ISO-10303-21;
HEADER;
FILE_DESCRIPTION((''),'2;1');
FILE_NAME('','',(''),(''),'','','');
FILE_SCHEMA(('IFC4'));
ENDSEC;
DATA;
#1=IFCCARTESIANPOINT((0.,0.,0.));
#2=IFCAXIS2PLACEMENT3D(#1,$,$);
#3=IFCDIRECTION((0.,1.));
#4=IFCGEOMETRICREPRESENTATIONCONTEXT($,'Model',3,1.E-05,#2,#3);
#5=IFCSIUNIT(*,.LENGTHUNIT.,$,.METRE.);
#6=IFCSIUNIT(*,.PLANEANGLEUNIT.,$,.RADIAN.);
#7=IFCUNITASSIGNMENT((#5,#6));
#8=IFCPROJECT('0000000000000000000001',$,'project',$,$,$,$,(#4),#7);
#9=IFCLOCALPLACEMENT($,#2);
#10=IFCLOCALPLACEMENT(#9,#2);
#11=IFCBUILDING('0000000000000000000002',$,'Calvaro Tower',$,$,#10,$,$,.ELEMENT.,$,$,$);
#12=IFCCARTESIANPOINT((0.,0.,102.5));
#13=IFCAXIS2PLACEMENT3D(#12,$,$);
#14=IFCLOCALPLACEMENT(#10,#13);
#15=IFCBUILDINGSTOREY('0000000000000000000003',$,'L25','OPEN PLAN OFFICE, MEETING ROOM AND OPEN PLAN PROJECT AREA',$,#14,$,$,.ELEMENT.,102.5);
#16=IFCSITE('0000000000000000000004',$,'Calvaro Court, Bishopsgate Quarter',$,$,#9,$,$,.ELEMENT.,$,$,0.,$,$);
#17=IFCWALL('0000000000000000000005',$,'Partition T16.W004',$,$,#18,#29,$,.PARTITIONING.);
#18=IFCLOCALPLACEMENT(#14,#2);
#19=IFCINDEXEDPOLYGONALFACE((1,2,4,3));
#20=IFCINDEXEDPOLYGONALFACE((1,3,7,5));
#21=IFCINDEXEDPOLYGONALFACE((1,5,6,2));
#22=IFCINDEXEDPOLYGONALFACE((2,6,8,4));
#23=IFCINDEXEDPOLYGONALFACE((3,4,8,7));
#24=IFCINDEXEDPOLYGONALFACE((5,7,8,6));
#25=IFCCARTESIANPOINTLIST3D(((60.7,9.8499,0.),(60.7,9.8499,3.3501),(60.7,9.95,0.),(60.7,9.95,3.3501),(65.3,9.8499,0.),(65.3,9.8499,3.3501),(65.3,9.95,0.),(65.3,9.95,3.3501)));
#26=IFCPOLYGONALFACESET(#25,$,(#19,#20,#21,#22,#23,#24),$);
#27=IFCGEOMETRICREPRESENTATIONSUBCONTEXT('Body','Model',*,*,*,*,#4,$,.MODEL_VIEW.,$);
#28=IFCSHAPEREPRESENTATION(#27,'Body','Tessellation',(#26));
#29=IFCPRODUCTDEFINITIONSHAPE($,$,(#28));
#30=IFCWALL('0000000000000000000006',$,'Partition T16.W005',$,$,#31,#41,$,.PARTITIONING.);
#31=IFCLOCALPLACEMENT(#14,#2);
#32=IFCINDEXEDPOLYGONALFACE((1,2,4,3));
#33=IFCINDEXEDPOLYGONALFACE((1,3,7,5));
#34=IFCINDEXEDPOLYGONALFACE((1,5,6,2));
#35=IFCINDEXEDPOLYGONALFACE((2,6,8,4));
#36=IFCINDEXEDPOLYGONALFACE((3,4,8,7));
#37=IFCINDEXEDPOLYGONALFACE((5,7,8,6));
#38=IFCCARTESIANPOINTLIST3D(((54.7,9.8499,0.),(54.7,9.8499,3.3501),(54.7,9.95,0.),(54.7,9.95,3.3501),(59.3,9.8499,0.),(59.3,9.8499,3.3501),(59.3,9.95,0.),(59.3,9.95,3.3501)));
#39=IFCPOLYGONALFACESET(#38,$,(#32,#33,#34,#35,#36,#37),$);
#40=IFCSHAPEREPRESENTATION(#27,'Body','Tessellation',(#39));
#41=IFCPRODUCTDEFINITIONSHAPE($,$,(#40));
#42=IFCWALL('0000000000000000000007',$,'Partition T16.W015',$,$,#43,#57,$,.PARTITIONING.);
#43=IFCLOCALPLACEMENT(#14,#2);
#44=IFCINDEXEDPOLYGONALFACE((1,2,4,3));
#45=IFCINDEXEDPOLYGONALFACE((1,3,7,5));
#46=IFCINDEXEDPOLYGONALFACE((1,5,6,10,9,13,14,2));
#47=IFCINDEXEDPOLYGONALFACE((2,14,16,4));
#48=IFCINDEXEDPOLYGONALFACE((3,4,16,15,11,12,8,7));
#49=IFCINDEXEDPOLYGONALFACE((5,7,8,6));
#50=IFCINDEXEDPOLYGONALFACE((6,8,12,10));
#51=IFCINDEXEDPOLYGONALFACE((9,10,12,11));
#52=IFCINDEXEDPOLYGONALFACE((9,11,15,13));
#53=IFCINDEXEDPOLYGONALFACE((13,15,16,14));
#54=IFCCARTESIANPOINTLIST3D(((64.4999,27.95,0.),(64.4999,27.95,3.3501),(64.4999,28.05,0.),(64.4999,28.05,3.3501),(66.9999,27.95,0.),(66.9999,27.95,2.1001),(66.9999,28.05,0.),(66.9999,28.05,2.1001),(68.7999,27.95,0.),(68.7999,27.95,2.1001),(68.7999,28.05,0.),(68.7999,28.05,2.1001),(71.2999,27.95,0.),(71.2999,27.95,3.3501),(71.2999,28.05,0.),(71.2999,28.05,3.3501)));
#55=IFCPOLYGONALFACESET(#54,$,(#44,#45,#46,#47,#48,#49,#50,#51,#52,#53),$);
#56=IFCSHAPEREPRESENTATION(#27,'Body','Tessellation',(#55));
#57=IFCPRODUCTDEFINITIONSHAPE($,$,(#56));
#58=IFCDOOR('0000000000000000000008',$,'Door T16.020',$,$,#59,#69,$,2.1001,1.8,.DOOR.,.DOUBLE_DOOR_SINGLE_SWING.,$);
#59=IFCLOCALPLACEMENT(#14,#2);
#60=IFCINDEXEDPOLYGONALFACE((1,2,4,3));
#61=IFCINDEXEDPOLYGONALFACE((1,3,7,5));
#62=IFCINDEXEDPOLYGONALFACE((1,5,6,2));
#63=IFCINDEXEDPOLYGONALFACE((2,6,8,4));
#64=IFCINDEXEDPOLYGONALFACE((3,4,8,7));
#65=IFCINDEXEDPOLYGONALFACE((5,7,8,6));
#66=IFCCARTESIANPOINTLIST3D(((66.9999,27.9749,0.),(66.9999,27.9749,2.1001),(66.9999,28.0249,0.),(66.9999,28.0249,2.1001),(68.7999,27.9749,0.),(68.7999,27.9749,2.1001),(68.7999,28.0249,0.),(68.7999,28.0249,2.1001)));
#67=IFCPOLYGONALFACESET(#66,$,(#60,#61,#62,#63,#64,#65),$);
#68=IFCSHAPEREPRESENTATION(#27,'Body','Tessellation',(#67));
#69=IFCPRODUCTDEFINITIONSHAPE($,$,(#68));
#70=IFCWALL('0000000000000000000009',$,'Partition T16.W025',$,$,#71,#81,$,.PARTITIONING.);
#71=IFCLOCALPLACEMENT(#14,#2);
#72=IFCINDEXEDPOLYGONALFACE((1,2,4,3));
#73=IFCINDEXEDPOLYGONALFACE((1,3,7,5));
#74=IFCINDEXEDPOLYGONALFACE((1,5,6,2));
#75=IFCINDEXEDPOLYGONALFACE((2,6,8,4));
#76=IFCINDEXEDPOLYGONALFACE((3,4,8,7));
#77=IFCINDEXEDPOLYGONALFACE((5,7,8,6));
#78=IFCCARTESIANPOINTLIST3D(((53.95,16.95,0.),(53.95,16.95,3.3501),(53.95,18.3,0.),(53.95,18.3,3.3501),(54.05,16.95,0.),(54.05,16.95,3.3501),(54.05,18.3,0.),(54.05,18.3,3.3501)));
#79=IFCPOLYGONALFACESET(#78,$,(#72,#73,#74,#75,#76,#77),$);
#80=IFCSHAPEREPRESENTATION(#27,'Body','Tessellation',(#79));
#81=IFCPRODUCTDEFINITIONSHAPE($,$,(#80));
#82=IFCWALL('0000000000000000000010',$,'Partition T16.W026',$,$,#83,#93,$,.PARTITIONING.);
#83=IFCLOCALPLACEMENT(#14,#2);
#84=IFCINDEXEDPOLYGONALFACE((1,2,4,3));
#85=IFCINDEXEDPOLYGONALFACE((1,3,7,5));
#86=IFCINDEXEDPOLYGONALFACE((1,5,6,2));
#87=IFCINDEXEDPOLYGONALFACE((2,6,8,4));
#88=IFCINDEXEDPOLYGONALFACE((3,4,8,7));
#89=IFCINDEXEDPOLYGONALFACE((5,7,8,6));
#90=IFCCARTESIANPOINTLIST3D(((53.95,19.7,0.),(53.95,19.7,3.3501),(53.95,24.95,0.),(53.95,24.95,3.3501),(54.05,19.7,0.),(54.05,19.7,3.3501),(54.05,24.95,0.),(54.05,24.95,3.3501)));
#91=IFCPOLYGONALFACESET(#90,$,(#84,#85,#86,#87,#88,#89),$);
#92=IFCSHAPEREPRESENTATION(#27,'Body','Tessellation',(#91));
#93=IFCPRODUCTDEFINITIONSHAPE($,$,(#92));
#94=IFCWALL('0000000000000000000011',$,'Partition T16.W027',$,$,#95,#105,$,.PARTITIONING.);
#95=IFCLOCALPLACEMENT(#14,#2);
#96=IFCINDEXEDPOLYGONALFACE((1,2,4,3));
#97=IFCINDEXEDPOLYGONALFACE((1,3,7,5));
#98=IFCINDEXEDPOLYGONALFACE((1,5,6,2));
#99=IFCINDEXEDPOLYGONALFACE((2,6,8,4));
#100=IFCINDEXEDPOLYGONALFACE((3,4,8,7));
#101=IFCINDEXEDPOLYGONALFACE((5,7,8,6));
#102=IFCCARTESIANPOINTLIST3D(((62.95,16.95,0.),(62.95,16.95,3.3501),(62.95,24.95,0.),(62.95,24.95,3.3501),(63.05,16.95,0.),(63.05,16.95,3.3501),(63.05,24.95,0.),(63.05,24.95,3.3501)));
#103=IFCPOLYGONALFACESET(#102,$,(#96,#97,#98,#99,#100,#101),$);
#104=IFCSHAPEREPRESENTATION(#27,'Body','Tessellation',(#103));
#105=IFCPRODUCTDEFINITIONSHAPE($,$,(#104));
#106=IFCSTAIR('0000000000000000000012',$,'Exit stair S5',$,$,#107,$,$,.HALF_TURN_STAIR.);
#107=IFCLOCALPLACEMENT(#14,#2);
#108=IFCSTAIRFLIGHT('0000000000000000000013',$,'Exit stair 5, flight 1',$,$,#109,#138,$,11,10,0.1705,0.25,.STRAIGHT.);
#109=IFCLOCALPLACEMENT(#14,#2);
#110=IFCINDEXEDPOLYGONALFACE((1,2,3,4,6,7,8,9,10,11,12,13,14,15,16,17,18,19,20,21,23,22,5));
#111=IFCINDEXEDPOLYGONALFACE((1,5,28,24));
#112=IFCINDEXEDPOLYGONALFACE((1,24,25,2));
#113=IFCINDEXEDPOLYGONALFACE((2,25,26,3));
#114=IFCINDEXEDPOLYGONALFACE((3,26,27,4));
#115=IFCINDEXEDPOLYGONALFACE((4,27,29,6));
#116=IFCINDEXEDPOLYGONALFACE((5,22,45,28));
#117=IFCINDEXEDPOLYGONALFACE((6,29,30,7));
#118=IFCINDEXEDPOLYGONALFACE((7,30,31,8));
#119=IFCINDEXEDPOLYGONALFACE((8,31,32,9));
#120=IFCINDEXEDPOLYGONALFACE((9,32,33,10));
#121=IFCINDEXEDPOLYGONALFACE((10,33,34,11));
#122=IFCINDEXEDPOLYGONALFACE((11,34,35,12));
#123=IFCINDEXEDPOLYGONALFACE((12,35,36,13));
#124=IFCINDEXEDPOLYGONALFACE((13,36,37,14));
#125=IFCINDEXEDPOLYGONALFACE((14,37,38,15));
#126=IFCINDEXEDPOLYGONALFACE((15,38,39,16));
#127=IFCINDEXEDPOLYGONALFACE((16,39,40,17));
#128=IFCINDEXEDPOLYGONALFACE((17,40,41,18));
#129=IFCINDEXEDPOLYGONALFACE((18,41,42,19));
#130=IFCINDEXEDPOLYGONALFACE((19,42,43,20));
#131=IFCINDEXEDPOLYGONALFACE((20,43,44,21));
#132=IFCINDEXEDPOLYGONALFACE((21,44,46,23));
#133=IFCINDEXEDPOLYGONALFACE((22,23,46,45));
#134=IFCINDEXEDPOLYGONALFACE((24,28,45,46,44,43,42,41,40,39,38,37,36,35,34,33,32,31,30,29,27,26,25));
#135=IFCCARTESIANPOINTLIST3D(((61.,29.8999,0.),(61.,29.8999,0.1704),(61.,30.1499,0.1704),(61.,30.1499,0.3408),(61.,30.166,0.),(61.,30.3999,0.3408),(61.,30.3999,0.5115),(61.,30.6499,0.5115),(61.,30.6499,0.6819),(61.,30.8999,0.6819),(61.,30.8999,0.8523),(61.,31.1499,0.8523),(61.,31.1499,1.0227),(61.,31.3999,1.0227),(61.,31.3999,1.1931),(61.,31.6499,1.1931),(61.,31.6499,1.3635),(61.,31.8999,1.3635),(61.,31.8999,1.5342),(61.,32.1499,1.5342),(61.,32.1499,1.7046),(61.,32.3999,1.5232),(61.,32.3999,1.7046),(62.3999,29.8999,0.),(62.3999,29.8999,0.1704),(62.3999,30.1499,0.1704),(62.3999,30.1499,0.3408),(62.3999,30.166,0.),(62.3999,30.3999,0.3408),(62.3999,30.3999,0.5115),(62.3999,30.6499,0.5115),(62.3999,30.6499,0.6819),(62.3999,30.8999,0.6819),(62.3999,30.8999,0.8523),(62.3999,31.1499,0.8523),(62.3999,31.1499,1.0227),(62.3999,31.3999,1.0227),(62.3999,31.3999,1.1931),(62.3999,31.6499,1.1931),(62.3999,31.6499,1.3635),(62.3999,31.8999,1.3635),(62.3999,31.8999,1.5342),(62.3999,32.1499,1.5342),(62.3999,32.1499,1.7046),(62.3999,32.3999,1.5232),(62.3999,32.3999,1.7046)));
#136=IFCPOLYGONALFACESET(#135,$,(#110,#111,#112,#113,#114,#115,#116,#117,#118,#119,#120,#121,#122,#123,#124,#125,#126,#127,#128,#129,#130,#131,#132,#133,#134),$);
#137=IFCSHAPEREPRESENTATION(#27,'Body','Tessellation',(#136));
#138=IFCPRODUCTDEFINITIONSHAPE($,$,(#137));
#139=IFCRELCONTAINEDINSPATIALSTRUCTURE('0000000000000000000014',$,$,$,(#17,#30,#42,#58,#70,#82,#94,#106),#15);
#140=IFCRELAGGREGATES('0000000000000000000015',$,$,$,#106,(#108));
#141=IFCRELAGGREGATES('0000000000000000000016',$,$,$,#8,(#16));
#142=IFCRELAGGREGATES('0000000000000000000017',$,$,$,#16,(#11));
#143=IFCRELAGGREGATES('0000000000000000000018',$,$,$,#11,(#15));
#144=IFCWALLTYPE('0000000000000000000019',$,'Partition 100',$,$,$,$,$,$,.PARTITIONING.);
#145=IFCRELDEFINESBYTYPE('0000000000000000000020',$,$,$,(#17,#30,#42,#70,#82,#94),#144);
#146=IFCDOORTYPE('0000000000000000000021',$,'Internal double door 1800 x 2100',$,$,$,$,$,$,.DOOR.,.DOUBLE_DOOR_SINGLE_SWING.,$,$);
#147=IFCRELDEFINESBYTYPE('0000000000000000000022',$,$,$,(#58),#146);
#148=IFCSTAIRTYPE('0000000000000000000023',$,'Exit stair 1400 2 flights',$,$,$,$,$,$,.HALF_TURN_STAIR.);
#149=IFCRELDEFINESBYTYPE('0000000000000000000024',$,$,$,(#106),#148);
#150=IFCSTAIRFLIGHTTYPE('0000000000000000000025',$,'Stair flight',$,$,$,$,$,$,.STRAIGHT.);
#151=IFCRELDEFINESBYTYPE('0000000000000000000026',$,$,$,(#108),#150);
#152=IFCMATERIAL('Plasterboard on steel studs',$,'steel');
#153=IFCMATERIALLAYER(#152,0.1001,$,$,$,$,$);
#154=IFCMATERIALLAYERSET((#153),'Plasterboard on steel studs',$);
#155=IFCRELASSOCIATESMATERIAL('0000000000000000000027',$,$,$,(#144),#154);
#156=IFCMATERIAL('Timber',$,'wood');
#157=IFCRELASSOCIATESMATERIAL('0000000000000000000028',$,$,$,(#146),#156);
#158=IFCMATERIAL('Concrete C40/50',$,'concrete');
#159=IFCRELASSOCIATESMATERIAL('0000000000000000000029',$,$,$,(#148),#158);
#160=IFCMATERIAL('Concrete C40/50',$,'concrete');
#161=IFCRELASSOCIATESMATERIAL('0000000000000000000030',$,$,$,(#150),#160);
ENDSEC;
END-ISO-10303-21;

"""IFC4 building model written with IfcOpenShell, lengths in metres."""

from ifc_helpers import new_model, si_unit, direction, frame, frame_2d, origin, place, context, subcontext, project, spatial, polyline, rectangle, outline, extrude, material, layer, layer_set, type_object, element, fill, aggregate, save


model = new_model("IFC4")

# Units and contexts
model_context = context("Model", 3, precision=1e-05, world=origin(), true_north=direction((0.0, 1.0)))
body_context = subcontext(model_context, "Body", "Model", "MODEL_VIEW")
ifc_project = project(units=[si_unit("LENGTHUNIT", "METRE"), si_unit("PLANEANGLEUNIT", "RADIAN")], contexts=[model_context])

# Site, building, storey
site_placement = place(None, origin())
site = spatial("IfcSite", under=ifc_project, at=site_placement, Name="Calvaro Court, Bishopsgate Quarter", CompositionType="ELEMENT", RefElevation=0.0)
building_placement = place(site_placement, origin())
building = spatial("IfcBuilding", under=site, at=building_placement, Name="Calvaro Tower", CompositionType="ELEMENT")
storey_placement = place(building_placement, frame((0.0, 0.0, 102.5)))
storey = spatial("IfcBuildingStorey", under=building, at=storey_placement, Name="L25", Description="OPEN PLAN OFFICE, MEETING ROOM AND OPEN PLAN PROJECT AREA", CompositionType="ELEMENT", Elevation=102.5)

# Walls
ifc_material_1 = material(Name="Plasterboard on steel studs", Category="steel")
ifc_layer_1 = layer(ifc_material_1, 0.1001)
ifc_layer_set_1 = layer_set([ifc_layer_1], Name="Plasterboard on steel studs")
wall_type_1 = type_object("IfcWallType", Name="Partition 100", PredefinedType="PARTITIONING", material=ifc_layer_set_1)
for number, where, z_axis, x_axis, name in (
    (1, (60.7, 9.8999, 0.0), (0.0, 0.0, 1.0), (1.0, 0.0, 0.0), "Partition T16.W004"),
    (2, (54.7, 9.8999, 0.0), (0.0, 0.0, 1.0), (1.0, 0.0, 0.0), "Partition T16.W005"),
):
    element("IfcWall", number, at=place(storey_placement, frame(where, z_axis=z_axis, x_axis=x_axis)), inside=storey, type_object=wall_type_1, Name=name, PredefinedType="PARTITIONING", context=body_context, shape_type="SweptSolid", body=[
        extrude(rectangle(XDim=4.6001, YDim=0.1001, at=frame_2d((2.3, 0.0))), origin(), (0.0, 0.0, 1.0), 3.3501),
    ])

# Wall, opening, door
wall_1_placement = place(storey_placement, frame((64.5, 28.0, 0.0), z_axis=(0.0, 0.0, 1.0), x_axis=(1.0, 0.0, 0.0)))
wall_1 = element("IfcWall", 3, at=wall_1_placement, inside=storey, type_object=wall_type_1, Name="Partition T16.W015", PredefinedType="PARTITIONING", context=body_context, shape_type="SweptSolid", body=[
    extrude(rectangle(XDim=6.8, YDim=0.1001, at=frame_2d((3.3999, 0.0))), origin(), (0.0, 0.0, 1.0), 3.3501),
])
opening_1_placement = place(wall_1_placement, frame((2.5, 0.0, 0.0)))
opening_1 = element("IfcOpeningElement", 4, at=opening_1_placement, cuts=wall_1, PredefinedType="OPENING", context=body_context, shape_type="SweptSolid", body=[
    extrude(rectangle(XDim=1.8, YDim=2.1001, at=frame_2d((0.8999, 1.05))), frame((0.0, 0.0601, 0.0), z_axis=(0.0, -1.0, 0.0), x_axis=(1.0, 0.0, 0.0)), (0.0, 0.0, 1.0), 0.1201),
])
ifc_material_2 = material(Name="Timber", Category="wood")
door_type_1 = type_object("IfcDoorType", Name="Internal double door 1800 x 2100", OperationType="DOUBLE_DOOR_SINGLE_SWING", PredefinedType="DOOR", material=ifc_material_2)
door_1_placement = place(opening_1_placement, origin())
door_1 = element("IfcDoor", 5, at=door_1_placement, inside=storey, type_object=door_type_1, Name="Door T16.020", OperationType="DOUBLE_DOOR_SINGLE_SWING", OverallHeight=2.1001, OverallWidth=1.8, PredefinedType="DOOR", context=body_context, shape_type="SweptSolid", body=[
    extrude(rectangle(XDim=1.8, YDim=2.1001, at=frame_2d((0.8999, 1.05))), frame((0.0, 0.0249, 0.0), z_axis=(0.0, -1.0, 0.0), x_axis=(1.0, 0.0, 0.0)), (0.0, 0.0, 1.0), 0.05),
])
fill(opening_1, door_1)

# Walls
wall_2_placement = place(storey_placement, frame((54.0, 16.95, 0.0), z_axis=(0.0, 0.0, 1.0), x_axis=(0.0, 1.0, 0.0)))
element("IfcWall", 6, at=wall_2_placement, inside=storey, type_object=wall_type_1, Name="Partition T16.W025", PredefinedType="PARTITIONING", context=body_context, shape_type="SweptSolid", body=[
    extrude(rectangle(XDim=1.3501, YDim=0.1001, at=frame_2d((0.675, 0.0))), origin(), (0.0, 0.0, 1.0), 3.3501),
])
wall_3_placement = place(storey_placement, frame((54.0, 19.7, 0.0), z_axis=(0.0, 0.0, 1.0), x_axis=(0.0, 1.0, 0.0)))
element("IfcWall", 7, at=wall_3_placement, inside=storey, type_object=wall_type_1, Name="Partition T16.W026", PredefinedType="PARTITIONING", context=body_context, shape_type="SweptSolid", body=[
    extrude(rectangle(XDim=5.25, YDim=0.1001, at=frame_2d((2.625, 0.0))), origin(), (0.0, 0.0, 1.0), 3.3501),
])
wall_4_placement = place(storey_placement, frame((63.0, 16.95, 0.0), z_axis=(0.0, 0.0, 1.0), x_axis=(0.0, 1.0, 0.0)))
element("IfcWall", 8, at=wall_4_placement, inside=storey, type_object=wall_type_1, Name="Partition T16.W027", PredefinedType="PARTITIONING", context=body_context, shape_type="SweptSolid", body=[
    extrude(rectangle(XDim=8.0, YDim=0.1001, at=frame_2d((4.0, 0.0))), origin(), (0.0, 0.0, 1.0), 3.3501),
])

# Stair, stair flight
ifc_material_3 = material(Name="Concrete C40/50", Category="concrete")
stair_type = type_object("IfcStairType", Name="Exit stair 1400 2 flights", PredefinedType="HALF_TURN_STAIR", material=ifc_material_3)
stair_placement = place(storey_placement, origin())
stair = element("IfcStair", 9, at=stair_placement, inside=storey, type_object=stair_type, Name="Exit stair S5", PredefinedType="HALF_TURN_STAIR")
ifc_material_4 = material(Name="Concrete C40/50", Category="concrete")
stair_flight_type = type_object("IfcStairFlightType", Name="Stair flight", PredefinedType="STRAIGHT", material=ifc_material_4)
stair_flight_placement = place(storey_placement, frame((61.7, 29.8999, 0.0), z_axis=(0.0, 0.0, 1.0), x_axis=(0.0, 1.0, 0.0)))
stair_flight = element("IfcStairFlight", 10, at=stair_flight_placement, type_object=stair_flight_type, Name="Exit stair 5, flight 1", NumberOfRisers=11, NumberOfTreads=10, PredefinedType="STRAIGHT", RiserHeight=0.1705, TreadLength=0.25, context=body_context, shape_type="SweptSolid", body=[
    extrude(outline(polyline([(0.0, 0.0), (0.0, 0.1704), (0.25, 0.1704), (0.25, 0.3408), (0.5, 0.3408), (0.5, 0.5115), (0.75, 0.5115), (0.75, 0.6819), (1.0, 0.6819), (1.0, 0.8523), (1.25, 0.8523), (1.25, 1.0227), (1.5, 1.0227), (1.5, 1.1931), (1.75, 1.1931), (1.75, 1.3635), (2.0, 1.3635), (2.0, 1.5342), (2.25, 1.5342), (2.25, 1.7046), (2.5, 1.7046), (2.5, 1.875), (2.5, 1.5232), (0.2661, 0.0), (0.0, 0.0)])), frame((0.0, 0.7, 0.0), z_axis=(0.0, -1.0, 0.0), x_axis=(1.0, 0.0, 0.0)), (0.0, 0.0, 1.0), 1.3999),
])
aggregate(stair, [stair_flight])

save(model, "model.ifc")
